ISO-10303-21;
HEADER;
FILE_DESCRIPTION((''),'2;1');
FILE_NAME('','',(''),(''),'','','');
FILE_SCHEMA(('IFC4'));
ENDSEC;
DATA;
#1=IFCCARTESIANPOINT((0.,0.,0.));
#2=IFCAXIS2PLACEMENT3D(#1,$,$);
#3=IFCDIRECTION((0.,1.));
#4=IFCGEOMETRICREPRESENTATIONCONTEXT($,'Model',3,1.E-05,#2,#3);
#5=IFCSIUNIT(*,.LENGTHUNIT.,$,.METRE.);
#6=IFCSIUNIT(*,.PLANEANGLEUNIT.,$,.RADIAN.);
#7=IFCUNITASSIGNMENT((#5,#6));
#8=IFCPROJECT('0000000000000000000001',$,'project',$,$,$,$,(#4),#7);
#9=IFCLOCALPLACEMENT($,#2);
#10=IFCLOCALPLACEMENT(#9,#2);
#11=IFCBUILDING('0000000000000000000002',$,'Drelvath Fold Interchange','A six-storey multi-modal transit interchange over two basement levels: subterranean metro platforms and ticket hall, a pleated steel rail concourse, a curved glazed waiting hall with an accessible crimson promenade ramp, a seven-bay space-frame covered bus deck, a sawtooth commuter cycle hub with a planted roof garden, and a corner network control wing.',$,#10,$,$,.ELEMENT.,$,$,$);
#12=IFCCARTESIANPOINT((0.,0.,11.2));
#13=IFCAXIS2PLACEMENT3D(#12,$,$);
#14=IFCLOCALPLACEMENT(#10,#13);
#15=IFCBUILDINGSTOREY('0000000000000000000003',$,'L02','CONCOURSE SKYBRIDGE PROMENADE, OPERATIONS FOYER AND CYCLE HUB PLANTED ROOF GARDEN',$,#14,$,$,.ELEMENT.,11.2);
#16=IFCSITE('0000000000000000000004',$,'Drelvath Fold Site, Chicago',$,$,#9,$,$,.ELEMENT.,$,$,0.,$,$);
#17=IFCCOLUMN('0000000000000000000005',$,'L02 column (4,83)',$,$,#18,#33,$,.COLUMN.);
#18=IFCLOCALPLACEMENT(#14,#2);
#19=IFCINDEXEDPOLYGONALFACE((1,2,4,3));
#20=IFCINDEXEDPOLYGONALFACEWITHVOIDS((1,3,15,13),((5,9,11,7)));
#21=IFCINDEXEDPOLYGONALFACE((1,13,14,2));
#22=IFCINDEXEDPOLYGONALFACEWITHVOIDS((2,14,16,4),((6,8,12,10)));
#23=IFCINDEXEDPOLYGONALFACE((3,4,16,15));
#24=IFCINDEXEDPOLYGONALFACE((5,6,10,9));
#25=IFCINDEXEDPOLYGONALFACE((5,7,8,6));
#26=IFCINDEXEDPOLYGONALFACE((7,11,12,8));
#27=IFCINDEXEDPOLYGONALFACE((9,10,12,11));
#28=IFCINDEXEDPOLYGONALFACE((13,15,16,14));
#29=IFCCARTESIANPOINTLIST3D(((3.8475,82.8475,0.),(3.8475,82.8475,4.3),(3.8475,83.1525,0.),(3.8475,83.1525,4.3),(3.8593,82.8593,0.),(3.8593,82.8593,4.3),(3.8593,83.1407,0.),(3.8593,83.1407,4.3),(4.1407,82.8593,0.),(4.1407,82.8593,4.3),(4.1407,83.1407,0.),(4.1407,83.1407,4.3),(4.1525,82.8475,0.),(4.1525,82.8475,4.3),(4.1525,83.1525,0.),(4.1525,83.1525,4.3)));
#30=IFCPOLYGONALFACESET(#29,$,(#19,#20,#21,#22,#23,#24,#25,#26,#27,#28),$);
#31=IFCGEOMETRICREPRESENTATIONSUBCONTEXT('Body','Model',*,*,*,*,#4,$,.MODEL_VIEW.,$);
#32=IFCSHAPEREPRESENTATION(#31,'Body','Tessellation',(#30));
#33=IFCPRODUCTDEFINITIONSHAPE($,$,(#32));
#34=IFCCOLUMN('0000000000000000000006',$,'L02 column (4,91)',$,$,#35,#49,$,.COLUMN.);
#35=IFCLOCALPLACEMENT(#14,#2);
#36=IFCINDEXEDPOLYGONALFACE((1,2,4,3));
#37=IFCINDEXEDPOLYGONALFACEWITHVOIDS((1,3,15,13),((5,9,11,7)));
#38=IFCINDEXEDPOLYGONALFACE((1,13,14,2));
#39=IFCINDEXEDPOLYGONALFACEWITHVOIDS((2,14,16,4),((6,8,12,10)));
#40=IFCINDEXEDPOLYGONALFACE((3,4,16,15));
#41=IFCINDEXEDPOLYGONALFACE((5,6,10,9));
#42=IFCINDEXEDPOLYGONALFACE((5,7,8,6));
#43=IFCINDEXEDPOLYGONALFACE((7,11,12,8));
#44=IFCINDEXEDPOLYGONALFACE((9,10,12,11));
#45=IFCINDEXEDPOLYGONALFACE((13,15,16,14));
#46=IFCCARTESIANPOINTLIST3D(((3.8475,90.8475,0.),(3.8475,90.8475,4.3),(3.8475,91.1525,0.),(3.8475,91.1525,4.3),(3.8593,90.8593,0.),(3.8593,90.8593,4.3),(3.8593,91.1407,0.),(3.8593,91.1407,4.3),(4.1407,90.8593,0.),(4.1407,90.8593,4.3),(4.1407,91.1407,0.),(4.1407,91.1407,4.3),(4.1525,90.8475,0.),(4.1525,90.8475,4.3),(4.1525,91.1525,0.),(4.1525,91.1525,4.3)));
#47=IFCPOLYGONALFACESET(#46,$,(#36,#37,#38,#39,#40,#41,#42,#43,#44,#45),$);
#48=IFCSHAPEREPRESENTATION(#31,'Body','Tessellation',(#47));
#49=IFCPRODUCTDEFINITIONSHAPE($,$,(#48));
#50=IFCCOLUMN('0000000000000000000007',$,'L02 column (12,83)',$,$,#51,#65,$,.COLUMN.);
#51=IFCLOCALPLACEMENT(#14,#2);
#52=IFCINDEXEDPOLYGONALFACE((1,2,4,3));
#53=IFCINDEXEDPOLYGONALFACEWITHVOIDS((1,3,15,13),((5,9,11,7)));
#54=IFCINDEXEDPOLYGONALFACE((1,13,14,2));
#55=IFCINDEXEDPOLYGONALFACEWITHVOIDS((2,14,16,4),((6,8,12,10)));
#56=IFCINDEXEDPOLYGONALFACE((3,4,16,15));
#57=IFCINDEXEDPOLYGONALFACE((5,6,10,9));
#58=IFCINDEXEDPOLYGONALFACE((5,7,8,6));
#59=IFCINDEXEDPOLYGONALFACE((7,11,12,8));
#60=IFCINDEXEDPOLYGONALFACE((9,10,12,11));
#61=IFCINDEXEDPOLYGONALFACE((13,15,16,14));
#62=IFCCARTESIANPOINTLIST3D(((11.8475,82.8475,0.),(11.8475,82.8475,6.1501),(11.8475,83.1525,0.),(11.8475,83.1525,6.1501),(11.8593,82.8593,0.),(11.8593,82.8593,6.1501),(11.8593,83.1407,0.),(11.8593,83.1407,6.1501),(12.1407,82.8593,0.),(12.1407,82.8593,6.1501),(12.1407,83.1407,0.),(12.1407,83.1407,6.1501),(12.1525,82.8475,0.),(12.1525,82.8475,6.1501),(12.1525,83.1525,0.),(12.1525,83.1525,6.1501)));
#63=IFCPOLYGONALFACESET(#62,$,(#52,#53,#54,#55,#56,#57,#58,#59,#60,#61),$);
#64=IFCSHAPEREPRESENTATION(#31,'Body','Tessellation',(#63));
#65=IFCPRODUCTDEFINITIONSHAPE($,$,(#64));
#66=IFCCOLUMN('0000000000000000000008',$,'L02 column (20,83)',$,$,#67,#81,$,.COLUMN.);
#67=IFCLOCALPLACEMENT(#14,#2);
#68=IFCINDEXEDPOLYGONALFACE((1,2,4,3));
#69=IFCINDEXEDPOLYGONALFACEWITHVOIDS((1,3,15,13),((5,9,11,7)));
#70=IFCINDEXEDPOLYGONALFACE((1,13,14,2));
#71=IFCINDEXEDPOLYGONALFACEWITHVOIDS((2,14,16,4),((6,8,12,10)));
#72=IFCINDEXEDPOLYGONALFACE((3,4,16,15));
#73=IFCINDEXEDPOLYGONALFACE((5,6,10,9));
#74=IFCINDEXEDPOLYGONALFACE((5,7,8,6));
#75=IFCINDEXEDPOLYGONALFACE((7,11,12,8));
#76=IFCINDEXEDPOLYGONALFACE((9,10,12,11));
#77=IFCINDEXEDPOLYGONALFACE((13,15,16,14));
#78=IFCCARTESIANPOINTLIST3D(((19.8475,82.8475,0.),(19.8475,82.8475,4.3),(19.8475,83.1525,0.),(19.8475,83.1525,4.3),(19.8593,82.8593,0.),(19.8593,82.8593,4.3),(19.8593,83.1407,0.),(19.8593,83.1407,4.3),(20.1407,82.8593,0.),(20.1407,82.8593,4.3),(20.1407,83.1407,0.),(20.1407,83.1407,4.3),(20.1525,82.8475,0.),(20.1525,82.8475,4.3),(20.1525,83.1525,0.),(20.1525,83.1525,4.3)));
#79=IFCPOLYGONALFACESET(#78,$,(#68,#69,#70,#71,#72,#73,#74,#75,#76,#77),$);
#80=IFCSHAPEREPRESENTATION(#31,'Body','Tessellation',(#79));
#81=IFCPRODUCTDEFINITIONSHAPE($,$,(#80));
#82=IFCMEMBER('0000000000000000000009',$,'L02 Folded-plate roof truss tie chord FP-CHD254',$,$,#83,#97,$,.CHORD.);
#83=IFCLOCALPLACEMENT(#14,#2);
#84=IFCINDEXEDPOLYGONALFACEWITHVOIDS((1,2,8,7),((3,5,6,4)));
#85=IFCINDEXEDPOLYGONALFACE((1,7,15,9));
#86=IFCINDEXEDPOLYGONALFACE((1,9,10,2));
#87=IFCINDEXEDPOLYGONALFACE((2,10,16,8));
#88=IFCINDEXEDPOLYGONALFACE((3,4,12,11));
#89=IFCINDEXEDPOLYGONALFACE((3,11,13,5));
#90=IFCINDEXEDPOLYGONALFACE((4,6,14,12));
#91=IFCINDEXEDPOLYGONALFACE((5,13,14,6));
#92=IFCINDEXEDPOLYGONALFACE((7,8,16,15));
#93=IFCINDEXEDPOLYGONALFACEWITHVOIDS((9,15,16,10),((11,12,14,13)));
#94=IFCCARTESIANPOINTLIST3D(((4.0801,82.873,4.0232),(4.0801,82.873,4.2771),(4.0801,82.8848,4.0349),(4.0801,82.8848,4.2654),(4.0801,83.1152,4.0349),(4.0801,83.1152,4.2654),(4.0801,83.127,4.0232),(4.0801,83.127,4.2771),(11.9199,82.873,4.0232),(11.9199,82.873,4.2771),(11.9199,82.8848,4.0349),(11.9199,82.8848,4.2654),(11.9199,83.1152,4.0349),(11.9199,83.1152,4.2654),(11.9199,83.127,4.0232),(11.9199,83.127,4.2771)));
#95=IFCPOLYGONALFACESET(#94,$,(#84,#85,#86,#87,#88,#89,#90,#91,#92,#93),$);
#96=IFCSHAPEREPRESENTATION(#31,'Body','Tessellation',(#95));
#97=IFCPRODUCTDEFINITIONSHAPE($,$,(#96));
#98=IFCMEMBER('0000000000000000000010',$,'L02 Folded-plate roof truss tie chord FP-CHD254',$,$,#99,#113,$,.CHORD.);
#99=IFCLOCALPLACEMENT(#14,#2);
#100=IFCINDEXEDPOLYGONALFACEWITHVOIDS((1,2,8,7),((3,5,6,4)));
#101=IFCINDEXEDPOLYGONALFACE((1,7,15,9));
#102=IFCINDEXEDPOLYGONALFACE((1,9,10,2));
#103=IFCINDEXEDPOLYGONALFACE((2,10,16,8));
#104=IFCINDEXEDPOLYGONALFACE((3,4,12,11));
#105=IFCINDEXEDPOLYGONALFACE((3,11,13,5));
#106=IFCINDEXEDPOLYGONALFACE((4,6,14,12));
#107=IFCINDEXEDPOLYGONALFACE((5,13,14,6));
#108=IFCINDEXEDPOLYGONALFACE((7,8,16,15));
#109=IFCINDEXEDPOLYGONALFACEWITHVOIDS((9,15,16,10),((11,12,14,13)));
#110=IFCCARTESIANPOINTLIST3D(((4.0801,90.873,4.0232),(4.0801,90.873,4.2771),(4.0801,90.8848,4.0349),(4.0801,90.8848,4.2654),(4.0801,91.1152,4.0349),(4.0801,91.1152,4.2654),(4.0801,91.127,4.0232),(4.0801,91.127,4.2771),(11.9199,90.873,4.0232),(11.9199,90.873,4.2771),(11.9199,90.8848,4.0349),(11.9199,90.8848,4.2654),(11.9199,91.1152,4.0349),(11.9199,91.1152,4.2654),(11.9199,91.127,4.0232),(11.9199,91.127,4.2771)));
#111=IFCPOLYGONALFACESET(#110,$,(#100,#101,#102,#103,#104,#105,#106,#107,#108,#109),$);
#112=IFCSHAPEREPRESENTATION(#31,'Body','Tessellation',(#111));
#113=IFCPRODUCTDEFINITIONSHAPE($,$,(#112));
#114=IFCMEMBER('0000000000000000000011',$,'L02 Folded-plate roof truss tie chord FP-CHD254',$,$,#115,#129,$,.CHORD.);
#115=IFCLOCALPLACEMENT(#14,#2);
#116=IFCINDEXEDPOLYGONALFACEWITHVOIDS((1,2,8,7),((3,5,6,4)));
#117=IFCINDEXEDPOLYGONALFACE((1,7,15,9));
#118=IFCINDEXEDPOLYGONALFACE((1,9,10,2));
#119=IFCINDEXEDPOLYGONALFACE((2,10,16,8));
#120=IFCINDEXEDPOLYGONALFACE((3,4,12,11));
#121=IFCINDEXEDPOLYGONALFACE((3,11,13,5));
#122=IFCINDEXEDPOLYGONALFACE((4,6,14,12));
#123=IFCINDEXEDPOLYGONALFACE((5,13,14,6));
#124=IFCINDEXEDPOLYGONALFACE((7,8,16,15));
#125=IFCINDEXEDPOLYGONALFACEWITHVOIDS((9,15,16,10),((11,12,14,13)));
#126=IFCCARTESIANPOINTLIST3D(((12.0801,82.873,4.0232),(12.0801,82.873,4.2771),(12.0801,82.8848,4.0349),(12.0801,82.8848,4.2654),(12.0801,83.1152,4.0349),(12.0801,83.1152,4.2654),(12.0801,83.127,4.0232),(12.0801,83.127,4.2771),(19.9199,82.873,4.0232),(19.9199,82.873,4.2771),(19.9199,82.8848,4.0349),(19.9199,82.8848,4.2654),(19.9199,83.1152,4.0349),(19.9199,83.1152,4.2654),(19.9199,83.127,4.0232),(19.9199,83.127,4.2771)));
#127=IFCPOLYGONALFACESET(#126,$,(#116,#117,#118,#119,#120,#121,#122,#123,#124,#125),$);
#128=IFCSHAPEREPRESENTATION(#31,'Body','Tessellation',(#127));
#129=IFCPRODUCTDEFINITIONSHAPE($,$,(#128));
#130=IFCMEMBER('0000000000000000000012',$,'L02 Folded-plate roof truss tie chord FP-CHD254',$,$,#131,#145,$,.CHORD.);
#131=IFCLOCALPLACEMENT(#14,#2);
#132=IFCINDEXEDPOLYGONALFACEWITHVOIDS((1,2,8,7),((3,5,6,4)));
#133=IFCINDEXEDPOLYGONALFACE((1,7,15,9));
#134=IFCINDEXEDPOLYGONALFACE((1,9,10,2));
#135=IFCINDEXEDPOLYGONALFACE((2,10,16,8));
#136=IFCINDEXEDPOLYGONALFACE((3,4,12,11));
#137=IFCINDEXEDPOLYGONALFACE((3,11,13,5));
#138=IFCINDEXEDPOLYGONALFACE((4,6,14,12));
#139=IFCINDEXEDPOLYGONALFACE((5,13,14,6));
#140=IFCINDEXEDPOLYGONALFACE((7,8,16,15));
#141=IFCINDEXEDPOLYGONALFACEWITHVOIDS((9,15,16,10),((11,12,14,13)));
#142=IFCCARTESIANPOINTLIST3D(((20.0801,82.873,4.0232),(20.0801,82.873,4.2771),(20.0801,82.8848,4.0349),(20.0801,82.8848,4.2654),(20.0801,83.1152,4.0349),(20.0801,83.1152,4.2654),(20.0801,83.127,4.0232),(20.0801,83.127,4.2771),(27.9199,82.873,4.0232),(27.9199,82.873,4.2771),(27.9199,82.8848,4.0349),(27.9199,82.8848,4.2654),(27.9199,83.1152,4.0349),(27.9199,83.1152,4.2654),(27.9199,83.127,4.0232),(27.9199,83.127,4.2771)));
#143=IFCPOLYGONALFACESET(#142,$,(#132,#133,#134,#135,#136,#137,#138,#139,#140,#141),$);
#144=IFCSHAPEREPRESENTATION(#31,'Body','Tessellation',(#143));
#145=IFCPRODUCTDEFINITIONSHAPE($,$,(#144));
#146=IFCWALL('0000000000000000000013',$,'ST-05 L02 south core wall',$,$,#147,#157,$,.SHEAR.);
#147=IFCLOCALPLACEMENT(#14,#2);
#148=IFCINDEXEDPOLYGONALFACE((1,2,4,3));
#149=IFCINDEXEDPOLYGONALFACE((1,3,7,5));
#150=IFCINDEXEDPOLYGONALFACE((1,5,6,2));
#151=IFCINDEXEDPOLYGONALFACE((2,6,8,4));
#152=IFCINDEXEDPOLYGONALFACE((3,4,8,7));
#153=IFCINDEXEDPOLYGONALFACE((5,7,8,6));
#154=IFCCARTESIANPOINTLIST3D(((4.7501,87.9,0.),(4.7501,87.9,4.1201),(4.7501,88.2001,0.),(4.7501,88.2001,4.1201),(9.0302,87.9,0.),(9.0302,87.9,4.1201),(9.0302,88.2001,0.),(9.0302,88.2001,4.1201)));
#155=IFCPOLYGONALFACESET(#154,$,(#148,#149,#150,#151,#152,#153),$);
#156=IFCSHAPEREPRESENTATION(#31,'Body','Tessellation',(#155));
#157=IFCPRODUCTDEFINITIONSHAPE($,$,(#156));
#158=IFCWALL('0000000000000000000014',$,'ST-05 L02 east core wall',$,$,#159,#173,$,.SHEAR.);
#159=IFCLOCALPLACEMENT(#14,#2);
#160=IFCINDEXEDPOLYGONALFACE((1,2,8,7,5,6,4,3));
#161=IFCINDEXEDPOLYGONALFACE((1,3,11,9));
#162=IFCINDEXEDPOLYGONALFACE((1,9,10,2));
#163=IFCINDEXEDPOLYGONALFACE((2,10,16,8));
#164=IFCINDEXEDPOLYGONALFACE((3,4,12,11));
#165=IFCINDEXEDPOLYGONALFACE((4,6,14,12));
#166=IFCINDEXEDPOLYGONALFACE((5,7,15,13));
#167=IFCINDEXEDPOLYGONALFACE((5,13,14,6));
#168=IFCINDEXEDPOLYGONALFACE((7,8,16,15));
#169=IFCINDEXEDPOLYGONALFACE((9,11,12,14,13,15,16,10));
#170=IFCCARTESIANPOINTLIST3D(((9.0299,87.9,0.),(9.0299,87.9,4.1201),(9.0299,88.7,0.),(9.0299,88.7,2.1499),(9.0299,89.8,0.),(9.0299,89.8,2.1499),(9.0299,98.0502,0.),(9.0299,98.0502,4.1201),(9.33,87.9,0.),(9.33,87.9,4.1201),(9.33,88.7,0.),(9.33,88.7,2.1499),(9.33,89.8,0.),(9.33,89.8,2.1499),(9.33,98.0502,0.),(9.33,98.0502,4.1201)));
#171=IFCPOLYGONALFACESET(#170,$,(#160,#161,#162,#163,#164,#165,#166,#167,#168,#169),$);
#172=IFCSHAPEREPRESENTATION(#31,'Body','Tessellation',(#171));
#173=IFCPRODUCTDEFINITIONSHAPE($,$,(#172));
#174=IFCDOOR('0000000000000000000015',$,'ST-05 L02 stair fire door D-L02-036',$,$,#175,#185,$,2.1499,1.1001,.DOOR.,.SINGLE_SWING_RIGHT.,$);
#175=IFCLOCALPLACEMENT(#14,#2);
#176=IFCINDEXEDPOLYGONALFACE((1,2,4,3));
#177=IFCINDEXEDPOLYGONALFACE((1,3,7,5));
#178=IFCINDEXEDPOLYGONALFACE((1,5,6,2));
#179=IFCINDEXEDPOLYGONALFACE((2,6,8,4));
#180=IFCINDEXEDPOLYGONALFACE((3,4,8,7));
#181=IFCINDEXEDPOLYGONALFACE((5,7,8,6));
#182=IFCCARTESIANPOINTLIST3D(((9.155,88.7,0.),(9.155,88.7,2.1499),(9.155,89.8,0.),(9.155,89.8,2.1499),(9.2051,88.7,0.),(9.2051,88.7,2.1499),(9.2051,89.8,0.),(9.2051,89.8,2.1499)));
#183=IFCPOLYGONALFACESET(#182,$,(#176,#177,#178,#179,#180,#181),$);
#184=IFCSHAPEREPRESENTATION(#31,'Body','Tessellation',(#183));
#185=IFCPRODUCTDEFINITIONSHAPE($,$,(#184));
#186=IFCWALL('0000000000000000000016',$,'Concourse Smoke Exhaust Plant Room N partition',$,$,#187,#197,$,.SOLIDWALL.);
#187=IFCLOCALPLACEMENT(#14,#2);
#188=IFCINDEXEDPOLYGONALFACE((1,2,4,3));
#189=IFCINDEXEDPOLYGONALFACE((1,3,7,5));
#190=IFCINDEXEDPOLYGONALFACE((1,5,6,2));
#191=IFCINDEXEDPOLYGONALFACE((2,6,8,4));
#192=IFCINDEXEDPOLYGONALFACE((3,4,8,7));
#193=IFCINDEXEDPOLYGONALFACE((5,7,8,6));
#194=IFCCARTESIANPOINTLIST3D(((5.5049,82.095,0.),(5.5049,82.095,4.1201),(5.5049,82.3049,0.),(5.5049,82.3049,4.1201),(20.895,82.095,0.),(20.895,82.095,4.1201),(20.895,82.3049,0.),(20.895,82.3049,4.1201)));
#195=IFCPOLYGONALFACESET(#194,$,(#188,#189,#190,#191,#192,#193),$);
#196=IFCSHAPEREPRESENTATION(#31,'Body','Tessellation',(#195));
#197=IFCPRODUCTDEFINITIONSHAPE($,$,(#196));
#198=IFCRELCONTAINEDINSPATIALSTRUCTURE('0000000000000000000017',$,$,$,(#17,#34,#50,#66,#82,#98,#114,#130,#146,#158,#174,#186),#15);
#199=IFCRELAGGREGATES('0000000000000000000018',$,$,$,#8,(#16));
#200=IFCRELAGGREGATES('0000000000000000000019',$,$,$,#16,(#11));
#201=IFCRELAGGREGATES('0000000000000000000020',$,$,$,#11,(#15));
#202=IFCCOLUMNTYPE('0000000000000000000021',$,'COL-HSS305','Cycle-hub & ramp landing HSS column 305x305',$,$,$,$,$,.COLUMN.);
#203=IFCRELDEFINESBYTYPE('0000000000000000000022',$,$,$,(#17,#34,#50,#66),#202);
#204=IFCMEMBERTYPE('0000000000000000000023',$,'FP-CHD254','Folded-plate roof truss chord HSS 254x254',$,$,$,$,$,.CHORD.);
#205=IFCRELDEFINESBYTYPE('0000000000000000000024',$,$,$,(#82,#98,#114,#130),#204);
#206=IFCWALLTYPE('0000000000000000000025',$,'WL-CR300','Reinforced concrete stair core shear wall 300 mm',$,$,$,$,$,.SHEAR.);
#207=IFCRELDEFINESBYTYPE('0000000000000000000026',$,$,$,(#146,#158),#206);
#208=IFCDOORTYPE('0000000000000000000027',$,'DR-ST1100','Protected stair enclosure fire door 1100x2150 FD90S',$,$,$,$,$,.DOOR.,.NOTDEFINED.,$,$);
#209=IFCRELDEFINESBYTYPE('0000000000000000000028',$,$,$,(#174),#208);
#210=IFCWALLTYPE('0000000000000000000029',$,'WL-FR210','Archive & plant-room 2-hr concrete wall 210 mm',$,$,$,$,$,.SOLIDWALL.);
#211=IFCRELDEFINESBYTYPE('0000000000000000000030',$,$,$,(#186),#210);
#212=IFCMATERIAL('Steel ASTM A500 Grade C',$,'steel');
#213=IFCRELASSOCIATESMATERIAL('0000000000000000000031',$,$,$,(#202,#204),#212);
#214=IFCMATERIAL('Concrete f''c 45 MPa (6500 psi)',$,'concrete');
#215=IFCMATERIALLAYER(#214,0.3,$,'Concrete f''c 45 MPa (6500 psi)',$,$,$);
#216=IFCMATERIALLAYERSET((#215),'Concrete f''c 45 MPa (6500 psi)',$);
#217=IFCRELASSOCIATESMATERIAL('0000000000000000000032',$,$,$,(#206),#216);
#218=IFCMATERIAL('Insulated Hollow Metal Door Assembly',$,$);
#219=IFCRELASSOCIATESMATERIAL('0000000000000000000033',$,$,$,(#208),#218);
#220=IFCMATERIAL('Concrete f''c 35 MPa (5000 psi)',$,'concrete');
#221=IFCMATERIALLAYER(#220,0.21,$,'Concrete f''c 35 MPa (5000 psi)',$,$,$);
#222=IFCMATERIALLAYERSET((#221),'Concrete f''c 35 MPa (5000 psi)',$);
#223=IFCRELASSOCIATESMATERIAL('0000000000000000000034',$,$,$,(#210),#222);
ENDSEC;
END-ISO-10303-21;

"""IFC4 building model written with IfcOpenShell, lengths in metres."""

from ifc_helpers import new_model, si_unit, direction, frame, frame_2d, origin, origin_2d, place, context, subcontext, project, spatial, rectangle, hollow_rectangle, extrude, material, layer, layer_set, material_profile, profile_set, type_object, element, fill, save


model = new_model("IFC4")

# Units and contexts
model_context = context("Model", 3, precision=1e-05, world=origin(), true_north=direction((0.0, 1.0)))
body_context = subcontext(model_context, "Body", "Model", "MODEL_VIEW")
ifc_project = project(units=[si_unit("LENGTHUNIT", "METRE"), si_unit("PLANEANGLEUNIT", "RADIAN")], contexts=[model_context])

# Site, building, storey
site_placement = place(None, origin())
site = spatial("IfcSite", under=ifc_project, at=site_placement, Name="Drelvath Fold Site, Chicago", CompositionType="ELEMENT", RefElevation=0.0)
building_placement = place(site_placement, origin())
building = spatial("IfcBuilding", under=site, at=building_placement, Name="Drelvath Fold Interchange", Description="A six-storey multi-modal transit interchange over two basement levels: subterranean metro platforms and ticket hall, a pleated steel rail concourse, a curved glazed waiting hall with an accessible crimson promenade ramp, a seven-bay space-frame covered bus deck, a sawtooth commuter cycle hub with a planted roof garden, and a corner network control wing.", CompositionType="ELEMENT")
storey_placement = place(building_placement, frame((0.0, 0.0, 11.2)))
storey = spatial("IfcBuildingStorey", under=building, at=storey_placement, Name="L02", Description="CONCOURSE SKYBRIDGE PROMENADE, OPERATIONS FOYER AND CYCLE HUB PLANTED ROOF GARDEN", CompositionType="ELEMENT", Elevation=11.2)

# Columns
ifc_material_1 = material(Name="Steel ASTM A500 Grade C", Category="steel")
ifc_material_profile_1 = material_profile(ifc_material_1, hollow_rectangle(XDim=0.3049, YDim=0.3049, WallThickness=0.0117, at=origin_2d()), Name="HSS12X12X1/2")
ifc_profile_set_1 = profile_set([ifc_material_profile_1], Name="Steel ASTM A500 Grade C")
column_type = type_object("IfcColumnType", Name="COL-HSS305", Description="Cycle-hub & ramp landing HSS column 305x305", PredefinedType="COLUMN", material=ifc_profile_set_1)
for number, where, z_axis, x_axis, name in (
    (1, (4.0, 83.0, 0.0), (0.0, 0.0, 1.0), (1.0, 0.0, 0.0), "L02 column (4,83)"),
    (2, (4.0, 91.0, 0.0), (0.0, 0.0, 1.0), (1.0, 0.0, 0.0), "L02 column (4,91)"),
):
    element("IfcColumn", number, at=place(storey_placement, frame(where, z_axis=z_axis, x_axis=x_axis)), inside=storey, type_object=column_type, Name=name, PredefinedType="COLUMN", context=body_context, shape_type="SweptSolid", body=[
        extrude(hollow_rectangle(XDim=0.3049, YDim=0.3049, WallThickness=0.0117, at=origin_2d()), origin(), (0.0, 0.0, 1.0), 4.3),
    ])
column_1_placement = place(storey_placement, frame((12.0, 83.0, 0.0), z_axis=(0.0, 0.0, 1.0), x_axis=(1.0, 0.0, 0.0)))
element("IfcColumn", 3, at=column_1_placement, inside=storey, type_object=column_type, Name="L02 column (12,83)", PredefinedType="COLUMN", context=body_context, shape_type="SweptSolid", body=[
    extrude(hollow_rectangle(XDim=0.3049, YDim=0.3049, WallThickness=0.0117, at=origin_2d()), origin(), (0.0, 0.0, 1.0), 6.1501),
])
column_2_placement = place(storey_placement, frame((20.0, 83.0, 0.0), z_axis=(0.0, 0.0, 1.0), x_axis=(1.0, 0.0, 0.0)))
element("IfcColumn", 4, at=column_2_placement, inside=storey, type_object=column_type, Name="L02 column (20,83)", PredefinedType="COLUMN", context=body_context, shape_type="SweptSolid", body=[
    extrude(hollow_rectangle(XDim=0.3049, YDim=0.3049, WallThickness=0.0117, at=origin_2d()), origin(), (0.0, 0.0, 1.0), 4.3),
])

# Members
ifc_material_profile_2 = material_profile(ifc_material_1, hollow_rectangle(XDim=0.2539, YDim=0.2539, WallThickness=0.0117, at=origin_2d()), Name="HSS10X10X1/2")
ifc_profile_set_2 = profile_set([ifc_material_profile_2], Name="Steel ASTM A500 Grade C")
member_type = type_object("IfcMemberType", Name="FP-CHD254", Description="Folded-plate roof truss chord HSS 254x254", PredefinedType="CHORD", material=ifc_profile_set_2)
for number, where, z_axis, x_axis, name in (
    (5, (4.0801, 83.0, 4.1501), (1.0, 0.0, 0.0), (0.0, 1.0, 0.0), "L02 Folded-plate roof truss tie chord FP-CHD254"),
    (6, (4.0801, 91.0, 4.1501), (1.0, 0.0, 0.0), (0.0, 1.0, 0.0), "L02 Folded-plate roof truss tie chord FP-CHD254"),
    (7, (12.0801, 83.0, 4.1501), (1.0, 0.0, 0.0), (0.0, 1.0, 0.0), "L02 Folded-plate roof truss tie chord FP-CHD254"),
    (8, (20.0801, 83.0, 4.1501), (1.0, 0.0, 0.0), (0.0, 1.0, 0.0), "L02 Folded-plate roof truss tie chord FP-CHD254"),
):
    element("IfcMember", number, at=place(storey_placement, frame(where, z_axis=z_axis, x_axis=x_axis)), inside=storey, type_object=member_type, Name=name, PredefinedType="CHORD", context=body_context, shape_type="SweptSolid", body=[
        extrude(hollow_rectangle(XDim=0.2539, YDim=0.2539, WallThickness=0.0117, at=origin_2d()), origin(), (0.0, 0.0, 1.0), 7.8398),
    ])

# Wall
ifc_material_2 = material(Name="Concrete f'c 45 MPa (6500 psi)", Category="concrete")
ifc_layer_1 = layer(ifc_material_2, 0.3, Name="Concrete f'c 45 MPa (6500 psi)")
ifc_layer_set_1 = layer_set([ifc_layer_1], Name="Concrete f'c 45 MPa (6500 psi)")
wall_type_1 = type_object("IfcWallType", Name="WL-CR300", Description="Reinforced concrete stair core shear wall 300 mm", PredefinedType="SHEAR", material=ifc_layer_set_1)
wall_1_placement = place(storey_placement, frame((4.75, 88.05, 0.0), z_axis=(0.0, 0.0, 1.0), x_axis=(1.0, 0.0, 0.0)))
element("IfcWall", 9, at=wall_1_placement, inside=storey, type_object=wall_type_1, Name="ST-05 L02 south core wall", PredefinedType="SHEAR", context=body_context, shape_type="SweptSolid", body=[
    extrude(rectangle(XDim=4.28, YDim=0.3, at=frame_2d((2.1401, 0.0))), origin(), (0.0, 0.0, 1.0), 4.1201),
])

# Wall, opening, door
wall_2_placement = place(storey_placement, frame((9.1799, 87.8999, 0.0), z_axis=(0.0, 0.0, 1.0), x_axis=(0.0, 1.0, 0.0)))
wall_2 = element("IfcWall", 10, at=wall_2_placement, inside=storey, type_object=wall_type_1, Name="ST-05 L02 east core wall", PredefinedType="SHEAR", context=body_context, shape_type="SweptSolid", body=[
    extrude(rectangle(XDim=10.1501, YDim=0.3, at=frame_2d((5.0752, 0.0))), origin(), (0.0, 0.0, 1.0), 4.1201),
])
opening_placement = place(wall_2_placement, frame((0.8, 0.0, 0.0)))
opening = element("IfcOpeningElement", 11, at=opening_placement, cuts=wall_2, PredefinedType="OPENING", context=body_context, shape_type="SweptSolid", body=[
    extrude(rectangle(XDim=1.1001, YDim=2.1499, at=frame_2d((0.55, 1.075))), frame((0.0, 0.1599, 0.0), z_axis=(0.0, -1.0, 0.0), x_axis=(1.0, 0.0, 0.0)), (0.0, 0.0, 1.0), 0.3201),
])
ifc_material_3 = material(Name="Insulated Hollow Metal Door Assembly")
door_type = type_object("IfcDoorType", Name="DR-ST1100", Description="Protected stair enclosure fire door 1100x2150 FD90S", OperationType="NOTDEFINED", PredefinedType="DOOR", material=ifc_material_3)
door_placement = place(opening_placement, origin())
door = element("IfcDoor", 12, at=door_placement, inside=storey, type_object=door_type, Name="ST-05 L02 stair fire door D-L02-036", OperationType="SINGLE_SWING_RIGHT", OverallHeight=2.1499, OverallWidth=1.1001, PredefinedType="DOOR", context=body_context, shape_type="SweptSolid", body=[
    extrude(rectangle(XDim=1.1001, YDim=2.1499, at=frame_2d((0.55, 1.075))), frame((0.0, 0.0249, 0.0), z_axis=(0.0, -1.0, 0.0), x_axis=(1.0, 0.0, 0.0)), (0.0, 0.0, 1.0), 0.05),
])
fill(opening, door)

# Wall
ifc_material_4 = material(Name="Concrete f'c 35 MPa (5000 psi)", Category="concrete")
ifc_layer_2 = layer(ifc_material_4, 0.21, Name="Concrete f'c 35 MPa (5000 psi)")
ifc_layer_set_2 = layer_set([ifc_layer_2], Name="Concrete f'c 35 MPa (5000 psi)")
wall_type_2 = type_object("IfcWallType", Name="WL-FR210", Description="Archive & plant-room 2-hr concrete wall 210 mm", PredefinedType="SOLIDWALL", material=ifc_layer_set_2)
wall_3_placement = place(storey_placement, frame((20.895, 82.2, 0.0), z_axis=(0.0, 0.0, 1.0), x_axis=(-1.0, 0.0, 0.0)))
element("IfcWall", 13, at=wall_3_placement, inside=storey, type_object=wall_type_2, Name="Concourse Smoke Exhaust Plant Room N partition", PredefinedType="SOLIDWALL", context=body_context, shape_type="SweptSolid", body=[
    extrude(rectangle(XDim=15.3901, YDim=0.21, at=frame_2d((7.6951, 0.0))), origin(), (0.0, 0.0, 1.0), 4.1201),
])

save(model, "model.ifc")
